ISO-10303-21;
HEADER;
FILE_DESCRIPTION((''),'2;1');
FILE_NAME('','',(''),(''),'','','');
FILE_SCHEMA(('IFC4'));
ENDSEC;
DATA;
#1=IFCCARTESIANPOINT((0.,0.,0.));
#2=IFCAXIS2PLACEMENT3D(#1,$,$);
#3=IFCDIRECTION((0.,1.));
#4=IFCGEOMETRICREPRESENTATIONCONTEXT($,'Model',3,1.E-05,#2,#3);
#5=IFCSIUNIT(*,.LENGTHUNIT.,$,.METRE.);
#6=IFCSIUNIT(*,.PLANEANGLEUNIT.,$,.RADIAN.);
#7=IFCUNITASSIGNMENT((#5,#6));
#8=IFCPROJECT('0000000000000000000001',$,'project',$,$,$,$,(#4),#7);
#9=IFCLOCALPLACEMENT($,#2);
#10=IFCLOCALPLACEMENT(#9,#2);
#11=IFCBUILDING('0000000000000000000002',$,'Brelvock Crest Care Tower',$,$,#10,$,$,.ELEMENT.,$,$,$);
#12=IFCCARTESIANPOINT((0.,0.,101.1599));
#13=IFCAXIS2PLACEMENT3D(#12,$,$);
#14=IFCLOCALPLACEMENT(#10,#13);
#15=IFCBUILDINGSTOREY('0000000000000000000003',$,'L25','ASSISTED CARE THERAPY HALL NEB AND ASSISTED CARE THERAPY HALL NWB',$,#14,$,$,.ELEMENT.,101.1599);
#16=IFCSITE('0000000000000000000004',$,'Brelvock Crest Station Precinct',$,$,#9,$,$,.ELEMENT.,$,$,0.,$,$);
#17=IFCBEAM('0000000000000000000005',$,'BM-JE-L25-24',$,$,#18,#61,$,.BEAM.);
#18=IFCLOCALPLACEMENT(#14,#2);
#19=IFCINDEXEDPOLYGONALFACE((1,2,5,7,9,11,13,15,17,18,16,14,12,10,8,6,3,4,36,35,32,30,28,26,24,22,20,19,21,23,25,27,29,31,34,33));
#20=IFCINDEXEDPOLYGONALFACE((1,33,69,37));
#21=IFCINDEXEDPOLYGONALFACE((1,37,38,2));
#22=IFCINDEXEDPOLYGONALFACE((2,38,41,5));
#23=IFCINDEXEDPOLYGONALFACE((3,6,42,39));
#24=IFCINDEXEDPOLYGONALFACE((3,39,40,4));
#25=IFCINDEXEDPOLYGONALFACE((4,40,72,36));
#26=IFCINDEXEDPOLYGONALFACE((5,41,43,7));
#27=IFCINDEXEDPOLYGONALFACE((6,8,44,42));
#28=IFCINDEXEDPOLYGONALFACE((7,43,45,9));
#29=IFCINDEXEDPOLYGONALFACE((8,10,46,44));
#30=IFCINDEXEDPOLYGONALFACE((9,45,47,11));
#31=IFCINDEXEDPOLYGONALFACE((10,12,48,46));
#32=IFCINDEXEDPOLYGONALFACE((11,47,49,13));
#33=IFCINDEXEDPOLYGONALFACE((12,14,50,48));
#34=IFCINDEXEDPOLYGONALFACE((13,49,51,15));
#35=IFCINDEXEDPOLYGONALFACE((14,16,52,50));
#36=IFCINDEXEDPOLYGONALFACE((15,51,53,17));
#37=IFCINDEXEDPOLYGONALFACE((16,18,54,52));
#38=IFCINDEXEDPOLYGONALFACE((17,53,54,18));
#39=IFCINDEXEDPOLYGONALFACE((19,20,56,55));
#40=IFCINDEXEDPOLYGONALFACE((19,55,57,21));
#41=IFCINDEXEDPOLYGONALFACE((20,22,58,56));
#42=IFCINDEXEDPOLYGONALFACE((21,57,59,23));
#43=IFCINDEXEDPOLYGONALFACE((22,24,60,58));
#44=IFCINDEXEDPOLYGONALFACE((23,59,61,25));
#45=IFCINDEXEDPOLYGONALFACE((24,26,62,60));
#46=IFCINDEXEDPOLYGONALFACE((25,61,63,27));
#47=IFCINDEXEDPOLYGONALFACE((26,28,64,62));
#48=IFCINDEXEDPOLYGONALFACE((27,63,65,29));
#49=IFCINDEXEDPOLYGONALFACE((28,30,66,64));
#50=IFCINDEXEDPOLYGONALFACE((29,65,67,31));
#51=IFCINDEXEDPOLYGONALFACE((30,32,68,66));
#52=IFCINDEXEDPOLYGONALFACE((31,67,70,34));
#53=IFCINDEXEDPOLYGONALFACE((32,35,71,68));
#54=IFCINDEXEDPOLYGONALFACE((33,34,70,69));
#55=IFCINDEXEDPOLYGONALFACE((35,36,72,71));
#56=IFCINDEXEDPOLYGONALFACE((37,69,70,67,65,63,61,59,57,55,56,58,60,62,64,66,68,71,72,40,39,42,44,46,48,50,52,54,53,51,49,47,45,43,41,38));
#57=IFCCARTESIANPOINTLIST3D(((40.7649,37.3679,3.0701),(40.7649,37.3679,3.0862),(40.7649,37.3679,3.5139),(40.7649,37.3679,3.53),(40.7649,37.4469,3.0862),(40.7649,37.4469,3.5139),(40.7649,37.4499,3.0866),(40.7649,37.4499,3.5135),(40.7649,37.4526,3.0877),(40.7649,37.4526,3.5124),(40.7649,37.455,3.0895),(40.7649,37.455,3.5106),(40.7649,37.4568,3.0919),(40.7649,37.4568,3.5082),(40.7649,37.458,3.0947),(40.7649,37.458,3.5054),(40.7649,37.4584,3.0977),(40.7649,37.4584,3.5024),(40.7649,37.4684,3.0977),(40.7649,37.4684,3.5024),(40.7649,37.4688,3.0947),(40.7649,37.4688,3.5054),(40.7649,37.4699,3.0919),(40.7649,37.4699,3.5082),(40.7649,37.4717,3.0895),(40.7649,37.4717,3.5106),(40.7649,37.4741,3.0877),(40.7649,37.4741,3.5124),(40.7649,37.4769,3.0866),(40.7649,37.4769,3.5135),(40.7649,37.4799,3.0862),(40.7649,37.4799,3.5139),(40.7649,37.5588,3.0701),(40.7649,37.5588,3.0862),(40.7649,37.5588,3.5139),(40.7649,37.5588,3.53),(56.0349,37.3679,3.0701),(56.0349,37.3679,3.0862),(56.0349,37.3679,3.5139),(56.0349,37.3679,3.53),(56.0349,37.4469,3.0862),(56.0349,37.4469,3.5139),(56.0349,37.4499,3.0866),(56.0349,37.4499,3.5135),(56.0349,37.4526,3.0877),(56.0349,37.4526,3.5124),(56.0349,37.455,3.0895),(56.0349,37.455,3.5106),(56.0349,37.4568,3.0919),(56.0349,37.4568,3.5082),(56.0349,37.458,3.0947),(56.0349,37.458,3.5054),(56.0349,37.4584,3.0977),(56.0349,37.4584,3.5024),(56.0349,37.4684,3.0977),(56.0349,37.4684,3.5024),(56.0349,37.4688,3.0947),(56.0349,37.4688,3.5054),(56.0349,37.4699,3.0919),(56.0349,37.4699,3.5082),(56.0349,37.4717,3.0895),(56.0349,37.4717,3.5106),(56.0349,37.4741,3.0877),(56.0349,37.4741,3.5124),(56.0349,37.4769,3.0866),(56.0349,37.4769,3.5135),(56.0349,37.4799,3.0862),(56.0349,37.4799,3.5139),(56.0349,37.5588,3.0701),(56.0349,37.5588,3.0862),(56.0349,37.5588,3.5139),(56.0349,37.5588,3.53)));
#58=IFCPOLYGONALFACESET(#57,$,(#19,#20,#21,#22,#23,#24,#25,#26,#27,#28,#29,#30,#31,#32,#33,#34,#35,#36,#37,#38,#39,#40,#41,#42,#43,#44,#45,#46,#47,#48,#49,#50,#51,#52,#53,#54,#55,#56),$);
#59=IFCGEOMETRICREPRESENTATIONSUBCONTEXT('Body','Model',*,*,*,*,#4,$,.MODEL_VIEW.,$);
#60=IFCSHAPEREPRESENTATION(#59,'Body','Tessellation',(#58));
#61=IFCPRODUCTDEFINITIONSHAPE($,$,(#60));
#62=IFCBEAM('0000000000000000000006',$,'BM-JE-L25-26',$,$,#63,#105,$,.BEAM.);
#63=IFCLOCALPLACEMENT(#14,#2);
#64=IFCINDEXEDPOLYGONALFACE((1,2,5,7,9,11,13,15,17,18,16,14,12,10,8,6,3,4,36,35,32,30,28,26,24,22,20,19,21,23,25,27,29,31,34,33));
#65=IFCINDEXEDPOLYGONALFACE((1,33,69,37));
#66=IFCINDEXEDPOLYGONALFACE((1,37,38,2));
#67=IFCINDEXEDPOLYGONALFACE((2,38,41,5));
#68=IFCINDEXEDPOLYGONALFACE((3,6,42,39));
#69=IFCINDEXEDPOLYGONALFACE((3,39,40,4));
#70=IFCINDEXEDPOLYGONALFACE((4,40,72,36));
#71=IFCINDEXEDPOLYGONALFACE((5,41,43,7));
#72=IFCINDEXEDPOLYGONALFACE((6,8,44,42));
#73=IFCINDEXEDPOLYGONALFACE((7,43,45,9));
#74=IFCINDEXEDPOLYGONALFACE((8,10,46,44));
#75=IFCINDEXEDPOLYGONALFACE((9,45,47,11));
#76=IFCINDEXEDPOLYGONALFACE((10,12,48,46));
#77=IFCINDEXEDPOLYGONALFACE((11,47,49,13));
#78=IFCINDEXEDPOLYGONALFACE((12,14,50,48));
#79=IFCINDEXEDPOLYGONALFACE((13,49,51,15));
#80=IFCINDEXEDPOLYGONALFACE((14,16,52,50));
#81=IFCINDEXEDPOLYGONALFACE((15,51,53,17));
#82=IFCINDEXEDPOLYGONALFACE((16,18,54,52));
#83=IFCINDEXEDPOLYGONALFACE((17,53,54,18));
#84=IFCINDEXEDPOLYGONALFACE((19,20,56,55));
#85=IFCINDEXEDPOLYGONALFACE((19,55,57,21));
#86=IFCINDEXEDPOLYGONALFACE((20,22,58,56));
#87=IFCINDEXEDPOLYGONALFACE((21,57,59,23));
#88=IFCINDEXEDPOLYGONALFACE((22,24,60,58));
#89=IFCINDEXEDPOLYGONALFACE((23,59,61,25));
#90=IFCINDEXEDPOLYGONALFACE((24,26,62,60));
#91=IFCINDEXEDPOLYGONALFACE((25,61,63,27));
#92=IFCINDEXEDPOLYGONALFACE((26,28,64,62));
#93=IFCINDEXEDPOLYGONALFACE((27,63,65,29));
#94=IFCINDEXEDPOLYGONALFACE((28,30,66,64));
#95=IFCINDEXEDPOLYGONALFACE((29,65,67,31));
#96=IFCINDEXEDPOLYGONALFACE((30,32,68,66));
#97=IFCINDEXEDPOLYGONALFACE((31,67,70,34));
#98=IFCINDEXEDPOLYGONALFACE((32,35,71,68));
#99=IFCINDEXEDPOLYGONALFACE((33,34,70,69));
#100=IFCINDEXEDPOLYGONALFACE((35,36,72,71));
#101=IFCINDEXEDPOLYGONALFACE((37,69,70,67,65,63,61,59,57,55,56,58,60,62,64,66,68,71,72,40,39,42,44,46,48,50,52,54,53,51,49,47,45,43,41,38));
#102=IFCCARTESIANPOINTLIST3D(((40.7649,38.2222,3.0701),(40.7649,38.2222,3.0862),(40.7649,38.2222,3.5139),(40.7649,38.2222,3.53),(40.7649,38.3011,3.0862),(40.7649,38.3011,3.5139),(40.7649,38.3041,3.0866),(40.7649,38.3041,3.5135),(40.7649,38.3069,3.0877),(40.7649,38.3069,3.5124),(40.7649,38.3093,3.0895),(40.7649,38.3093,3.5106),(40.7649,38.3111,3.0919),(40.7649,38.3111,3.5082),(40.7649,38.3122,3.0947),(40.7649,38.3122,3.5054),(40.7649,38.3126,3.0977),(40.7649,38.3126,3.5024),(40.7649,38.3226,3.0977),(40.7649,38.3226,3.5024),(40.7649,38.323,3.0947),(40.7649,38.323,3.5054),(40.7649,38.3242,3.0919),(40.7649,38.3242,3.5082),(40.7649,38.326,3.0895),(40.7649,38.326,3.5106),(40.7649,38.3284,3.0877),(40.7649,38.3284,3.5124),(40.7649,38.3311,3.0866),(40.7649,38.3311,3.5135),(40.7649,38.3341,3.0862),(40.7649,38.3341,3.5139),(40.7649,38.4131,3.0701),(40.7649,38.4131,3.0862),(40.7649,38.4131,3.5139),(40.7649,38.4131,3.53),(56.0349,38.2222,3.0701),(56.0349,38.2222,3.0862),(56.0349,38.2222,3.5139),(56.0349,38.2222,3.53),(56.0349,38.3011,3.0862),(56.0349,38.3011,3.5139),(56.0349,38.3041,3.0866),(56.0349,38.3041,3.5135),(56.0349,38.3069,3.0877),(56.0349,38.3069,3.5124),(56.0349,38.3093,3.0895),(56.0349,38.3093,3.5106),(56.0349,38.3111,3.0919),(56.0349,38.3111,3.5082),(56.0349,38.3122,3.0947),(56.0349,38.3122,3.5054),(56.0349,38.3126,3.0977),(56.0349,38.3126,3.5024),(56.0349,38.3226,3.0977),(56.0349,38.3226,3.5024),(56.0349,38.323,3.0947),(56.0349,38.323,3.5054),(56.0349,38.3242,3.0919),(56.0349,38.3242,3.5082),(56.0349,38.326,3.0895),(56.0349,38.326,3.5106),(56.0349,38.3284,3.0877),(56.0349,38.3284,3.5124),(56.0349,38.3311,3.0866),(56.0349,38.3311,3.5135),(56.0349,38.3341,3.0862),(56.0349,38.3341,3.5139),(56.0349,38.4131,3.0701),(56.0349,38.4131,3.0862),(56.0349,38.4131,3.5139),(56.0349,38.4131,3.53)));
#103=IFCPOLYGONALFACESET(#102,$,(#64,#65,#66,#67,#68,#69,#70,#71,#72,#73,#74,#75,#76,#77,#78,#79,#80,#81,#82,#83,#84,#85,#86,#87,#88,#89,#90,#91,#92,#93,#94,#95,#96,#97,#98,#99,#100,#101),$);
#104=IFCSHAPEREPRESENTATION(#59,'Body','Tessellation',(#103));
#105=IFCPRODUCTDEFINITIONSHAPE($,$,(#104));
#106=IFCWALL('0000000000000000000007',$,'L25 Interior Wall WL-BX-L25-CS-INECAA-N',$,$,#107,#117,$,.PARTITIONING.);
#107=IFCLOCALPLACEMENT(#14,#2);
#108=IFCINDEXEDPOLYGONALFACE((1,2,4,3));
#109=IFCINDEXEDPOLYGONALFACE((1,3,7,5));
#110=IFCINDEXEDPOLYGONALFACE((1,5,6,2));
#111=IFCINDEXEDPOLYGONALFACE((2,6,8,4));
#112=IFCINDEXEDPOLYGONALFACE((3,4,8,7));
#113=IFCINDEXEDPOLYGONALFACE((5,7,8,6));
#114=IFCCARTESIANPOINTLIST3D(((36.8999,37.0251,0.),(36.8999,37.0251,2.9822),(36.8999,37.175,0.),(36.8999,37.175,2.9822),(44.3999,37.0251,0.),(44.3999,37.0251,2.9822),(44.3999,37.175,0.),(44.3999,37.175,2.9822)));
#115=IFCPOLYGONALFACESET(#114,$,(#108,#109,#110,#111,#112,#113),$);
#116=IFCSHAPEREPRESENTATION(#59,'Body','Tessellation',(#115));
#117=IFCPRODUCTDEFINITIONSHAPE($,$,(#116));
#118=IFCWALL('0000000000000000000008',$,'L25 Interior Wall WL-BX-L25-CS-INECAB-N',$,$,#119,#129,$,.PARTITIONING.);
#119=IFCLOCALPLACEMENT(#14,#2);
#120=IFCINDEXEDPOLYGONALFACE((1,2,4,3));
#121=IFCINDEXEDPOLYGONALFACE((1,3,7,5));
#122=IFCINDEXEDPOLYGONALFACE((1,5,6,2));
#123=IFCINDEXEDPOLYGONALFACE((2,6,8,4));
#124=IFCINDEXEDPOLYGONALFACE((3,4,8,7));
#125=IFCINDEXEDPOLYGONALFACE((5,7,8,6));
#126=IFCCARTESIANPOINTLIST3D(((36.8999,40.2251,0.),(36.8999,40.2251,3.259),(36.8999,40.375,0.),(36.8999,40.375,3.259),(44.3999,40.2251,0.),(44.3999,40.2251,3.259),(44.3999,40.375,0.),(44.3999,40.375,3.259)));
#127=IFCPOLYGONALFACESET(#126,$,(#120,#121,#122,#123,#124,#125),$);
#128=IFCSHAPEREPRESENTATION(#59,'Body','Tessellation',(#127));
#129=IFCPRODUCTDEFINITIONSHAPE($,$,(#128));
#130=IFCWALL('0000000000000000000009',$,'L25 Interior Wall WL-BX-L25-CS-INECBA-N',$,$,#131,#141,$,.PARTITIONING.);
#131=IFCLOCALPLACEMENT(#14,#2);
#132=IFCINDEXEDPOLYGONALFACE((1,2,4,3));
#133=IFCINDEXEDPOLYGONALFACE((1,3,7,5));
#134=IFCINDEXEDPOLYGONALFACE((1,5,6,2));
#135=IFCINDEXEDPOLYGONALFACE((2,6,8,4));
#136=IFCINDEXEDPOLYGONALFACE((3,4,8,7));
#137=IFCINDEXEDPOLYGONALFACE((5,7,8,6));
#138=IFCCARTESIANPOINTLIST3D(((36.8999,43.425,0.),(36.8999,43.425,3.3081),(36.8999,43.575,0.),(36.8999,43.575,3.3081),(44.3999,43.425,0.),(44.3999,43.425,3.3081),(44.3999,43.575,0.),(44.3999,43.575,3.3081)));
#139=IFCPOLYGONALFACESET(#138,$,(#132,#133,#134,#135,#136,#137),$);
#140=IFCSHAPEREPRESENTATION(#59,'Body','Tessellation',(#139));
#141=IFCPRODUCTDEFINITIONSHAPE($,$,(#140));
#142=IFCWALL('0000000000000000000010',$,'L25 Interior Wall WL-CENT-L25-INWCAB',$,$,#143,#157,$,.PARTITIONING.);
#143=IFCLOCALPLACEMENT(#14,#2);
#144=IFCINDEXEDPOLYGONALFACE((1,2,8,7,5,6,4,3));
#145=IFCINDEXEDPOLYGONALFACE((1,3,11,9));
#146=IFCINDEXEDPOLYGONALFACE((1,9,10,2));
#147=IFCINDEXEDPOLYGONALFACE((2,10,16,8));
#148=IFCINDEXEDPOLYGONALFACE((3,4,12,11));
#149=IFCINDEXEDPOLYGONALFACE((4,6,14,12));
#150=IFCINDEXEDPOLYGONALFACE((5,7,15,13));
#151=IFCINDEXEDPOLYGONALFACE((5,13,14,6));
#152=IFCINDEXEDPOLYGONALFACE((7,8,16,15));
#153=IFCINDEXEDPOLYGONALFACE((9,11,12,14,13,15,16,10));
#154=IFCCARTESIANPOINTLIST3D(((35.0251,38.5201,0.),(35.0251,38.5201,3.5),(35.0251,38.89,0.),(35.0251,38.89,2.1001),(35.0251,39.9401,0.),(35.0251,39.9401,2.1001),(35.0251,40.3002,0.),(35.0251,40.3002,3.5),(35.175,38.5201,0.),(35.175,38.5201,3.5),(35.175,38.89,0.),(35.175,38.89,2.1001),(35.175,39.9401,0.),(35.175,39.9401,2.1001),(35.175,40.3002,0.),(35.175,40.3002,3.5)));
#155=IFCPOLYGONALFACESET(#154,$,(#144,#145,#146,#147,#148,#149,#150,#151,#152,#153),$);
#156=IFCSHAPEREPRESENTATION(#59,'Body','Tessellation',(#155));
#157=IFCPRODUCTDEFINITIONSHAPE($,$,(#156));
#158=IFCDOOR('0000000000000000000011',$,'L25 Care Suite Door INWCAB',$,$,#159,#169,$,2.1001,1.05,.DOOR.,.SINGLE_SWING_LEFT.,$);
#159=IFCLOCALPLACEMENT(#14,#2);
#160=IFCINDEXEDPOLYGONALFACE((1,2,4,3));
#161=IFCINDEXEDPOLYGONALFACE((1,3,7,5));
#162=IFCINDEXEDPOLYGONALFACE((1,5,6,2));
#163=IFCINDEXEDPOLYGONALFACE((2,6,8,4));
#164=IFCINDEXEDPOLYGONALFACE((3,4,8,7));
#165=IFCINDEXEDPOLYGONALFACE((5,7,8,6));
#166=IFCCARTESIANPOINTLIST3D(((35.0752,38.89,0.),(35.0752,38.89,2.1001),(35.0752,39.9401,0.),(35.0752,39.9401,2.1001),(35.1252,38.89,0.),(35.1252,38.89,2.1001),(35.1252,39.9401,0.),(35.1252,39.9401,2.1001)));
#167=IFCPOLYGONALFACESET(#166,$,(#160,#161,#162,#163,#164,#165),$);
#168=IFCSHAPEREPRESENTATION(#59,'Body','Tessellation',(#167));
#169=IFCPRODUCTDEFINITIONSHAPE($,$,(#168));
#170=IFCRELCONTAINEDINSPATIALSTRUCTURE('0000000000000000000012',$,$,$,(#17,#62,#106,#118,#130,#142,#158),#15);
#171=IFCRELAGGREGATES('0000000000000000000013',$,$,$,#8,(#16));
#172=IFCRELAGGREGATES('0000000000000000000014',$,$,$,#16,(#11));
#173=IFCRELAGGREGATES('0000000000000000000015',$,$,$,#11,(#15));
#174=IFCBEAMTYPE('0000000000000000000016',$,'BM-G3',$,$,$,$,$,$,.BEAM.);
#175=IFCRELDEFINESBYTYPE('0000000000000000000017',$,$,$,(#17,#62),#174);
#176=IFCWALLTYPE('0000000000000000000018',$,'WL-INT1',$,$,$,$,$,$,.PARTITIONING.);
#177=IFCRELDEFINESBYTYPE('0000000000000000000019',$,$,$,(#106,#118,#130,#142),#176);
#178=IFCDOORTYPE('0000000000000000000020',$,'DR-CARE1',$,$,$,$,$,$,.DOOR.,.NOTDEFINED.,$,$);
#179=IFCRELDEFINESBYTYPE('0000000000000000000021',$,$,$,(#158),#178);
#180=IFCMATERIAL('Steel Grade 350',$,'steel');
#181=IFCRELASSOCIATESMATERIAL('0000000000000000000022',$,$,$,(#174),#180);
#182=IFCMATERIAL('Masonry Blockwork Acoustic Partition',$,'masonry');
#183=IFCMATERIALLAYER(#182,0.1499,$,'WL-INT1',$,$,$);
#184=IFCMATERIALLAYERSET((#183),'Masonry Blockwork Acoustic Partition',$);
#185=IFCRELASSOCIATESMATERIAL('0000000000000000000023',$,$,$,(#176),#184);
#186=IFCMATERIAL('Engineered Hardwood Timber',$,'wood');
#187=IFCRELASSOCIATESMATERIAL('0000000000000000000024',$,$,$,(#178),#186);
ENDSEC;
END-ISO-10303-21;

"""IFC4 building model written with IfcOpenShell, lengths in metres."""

from ifc_helpers import new_model, si_unit, direction, frame, frame_2d, origin, origin_2d, place, context, subcontext, project, spatial, rectangle, i_section, extrude, source, transform, mapped, material, layer, layer_set, material_profile, profile_set, type_object, element, fill, save


model = new_model("IFC4")

# Units and contexts
model_context = context("Model", 3, precision=1e-05, world=origin(), true_north=direction((0.0, 1.0)))
body_context = subcontext(model_context, "Body", "Model", "MODEL_VIEW")
ifc_project = project(units=[si_unit("LENGTHUNIT", "METRE"), si_unit("PLANEANGLEUNIT", "RADIAN")], contexts=[model_context])

# Site, building, storey
site_placement = place(None, origin())
site = spatial("IfcSite", under=ifc_project, at=site_placement, Name="Brelvock Crest Station Precinct", CompositionType="ELEMENT", RefElevation=0.0)
building_placement = place(site_placement, origin())
building = spatial("IfcBuilding", under=site, at=building_placement, Name="Brelvock Crest Care Tower", CompositionType="ELEMENT")
storey_placement = place(building_placement, frame((0.0, 0.0, 101.1599)))
storey = spatial("IfcBuildingStorey", under=building, at=storey_placement, Name="L25", Description="ASSISTED CARE THERAPY HALL NEB AND ASSISTED CARE THERAPY HALL NWB", CompositionType="ELEMENT", Elevation=101.1599)

# Beams
ifc_material_1 = material(Name="Steel Grade 350", Category="steel")
ifc_material_profile_1 = material_profile(ifc_material_1, i_section(OverallWidth=0.1909, OverallDepth=0.46, WebThickness=0.01, FlangeThickness=0.0161, FilletRadius=0.0115, at=origin_2d()), Name="460UB82.1")
ifc_profile_set_1 = profile_set([ifc_material_profile_1], Name="Steel Grade 350")
beam_type_1 = type_object("IfcBeamType", Name="BM-G3", PredefinedType="BEAM", material=ifc_profile_set_1)
shared_shape_1 = source(origin(), body_context, "Body", "SweptSolid", [
    extrude(i_section(OverallWidth=0.1909, OverallDepth=0.46, WebThickness=0.01, FlangeThickness=0.0161, FilletRadius=0.0115, at=origin_2d()), origin(), (0.0, 0.0, 1.0), 15.27),
])
for number, where, z_axis, x_axis, name in (
    (1, (40.7649, 37.4634, 3.3), (1.0, 0.0, 0.0), (0.0, 1.0, 0.0), "BM-JE-L25-24"),
    (2, (40.7649, 38.3176, 3.3), (1.0, 0.0, 0.0), (0.0, 1.0, 0.0), "BM-JE-L25-26"),
):
    element("IfcBeam", number, at=place(storey_placement, frame(where, z_axis=z_axis, x_axis=x_axis)), inside=storey, type_object=beam_type_1, Name=name, PredefinedType="BEAM", context=body_context, shape_type="MappedRepresentation", body=[
        mapped(shared_shape_1, transform((0.0, 0.0, 0.0), x_axis=(1.0, 0.0, 0.0), y_axis=(0.0, 1.0, 0.0), z_axis=(0.0, 0.0, 1.0), scale=1.0)),
    ])

# Walls
ifc_material_2 = material(Name="Masonry Blockwork Acoustic Partition", Category="masonry")
ifc_layer = layer(ifc_material_2, 0.1499, Name="WL-INT1")
ifc_layer_set = layer_set([ifc_layer], Name="Masonry Blockwork Acoustic Partition")
wall_type = type_object("IfcWallType", Name="WL-INT1", PredefinedType="PARTITIONING", material=ifc_layer_set)
wall_1_placement = place(storey_placement, frame((36.8999, 37.1001, 0.0), z_axis=(0.0, 0.0, 1.0), x_axis=(1.0, 0.0, 0.0)))
element("IfcWall", 3, at=wall_1_placement, inside=storey, type_object=wall_type, Name="L25 Interior Wall WL-BX-L25-CS-INECAA-N", PredefinedType="PARTITIONING", context=body_context, shape_type="SweptSolid", body=[
    extrude(rectangle(XDim=7.5, YDim=0.1499, at=frame_2d((3.75, 0.0))), origin(), (0.0, 0.0, 1.0), 2.9822),
])
wall_2_placement = place(storey_placement, frame((36.8999, 40.3, 0.0), z_axis=(0.0, 0.0, 1.0), x_axis=(1.0, 0.0, 0.0)))
element("IfcWall", 4, at=wall_2_placement, inside=storey, type_object=wall_type, Name="L25 Interior Wall WL-BX-L25-CS-INECAB-N", PredefinedType="PARTITIONING", context=body_context, shape_type="SweptSolid", body=[
    extrude(rectangle(XDim=7.5, YDim=0.1499, at=frame_2d((3.75, 0.0))), origin(), (0.0, 0.0, 1.0), 3.259),
])
wall_3_placement = place(storey_placement, frame((36.8999, 43.5, 0.0), z_axis=(0.0, 0.0, 1.0), x_axis=(1.0, 0.0, 0.0)))
element("IfcWall", 5, at=wall_3_placement, inside=storey, type_object=wall_type, Name="L25 Interior Wall WL-BX-L25-CS-INECBA-N", PredefinedType="PARTITIONING", context=body_context, shape_type="SweptSolid", body=[
    extrude(rectangle(XDim=7.5, YDim=0.1499, at=frame_2d((3.75, 0.0))), origin(), (0.0, 0.0, 1.0), 3.3081),
])

# Wall, opening, door
wall_4_placement = place(storey_placement, frame((35.1001, 38.52, 0.0), z_axis=(0.0, 0.0, 1.0), x_axis=(0.0, 1.0, 0.0)))
wall_4 = element("IfcWall", 6, at=wall_4_placement, inside=storey, type_object=wall_type, Name="L25 Interior Wall WL-CENT-L25-INWCAB", PredefinedType="PARTITIONING", context=body_context, shape_type="SweptSolid", body=[
    extrude(rectangle(XDim=1.78, YDim=0.1499, at=frame_2d((0.8901, 0.0))), origin(), (0.0, 0.0, 1.0), 3.5),
])
opening_1_placement = place(wall_4_placement, frame((0.3701, 0.0, 0.0)))
opening_1 = element("IfcOpeningElement", 7, at=opening_1_placement, cuts=wall_4, PredefinedType="OPENING", context=body_context, shape_type="SweptSolid", body=[
    extrude(rectangle(XDim=1.05, YDim=2.1001, at=origin_2d()), frame((0.5249, 0.085, 1.05), z_axis=(0.0, -1.0, 0.0), x_axis=(1.0, 0.0, 0.0)), (0.0, 0.0, 1.0), 0.1699),
])
ifc_material_3 = material(Name="Engineered Hardwood Timber", Category="wood")
door_type = type_object("IfcDoorType", Name="DR-CARE1", OperationType="NOTDEFINED", PredefinedType="DOOR", material=ifc_material_3)
shared_shape_2 = source(origin(), body_context, "Body", "SweptSolid", [
    extrude(rectangle(XDim=1.05, YDim=2.1001, at=origin_2d()), frame((0.5249, 0.0249, 1.05), z_axis=(0.0, -1.0, 0.0), x_axis=(1.0, 0.0, 0.0)), (0.0, 0.0, 1.0), 0.05),
])
door_1_placement = place(opening_1_placement, origin())
door_1 = element("IfcDoor", 8, at=door_1_placement, inside=storey, type_object=door_type, Name="L25 Care Suite Door INWCAB", OperationType="SINGLE_SWING_LEFT", OverallHeight=2.1001, OverallWidth=1.05, PredefinedType="DOOR", context=body_context, shape_type="MappedRepresentation", body=[
    mapped(shared_shape_2, transform((0.0, 0.0, 0.0), x_axis=(1.0, 0.0, 0.0), y_axis=(0.0, 1.0, 0.0), z_axis=(0.0, 0.0, 1.0), scale=1.0)),
])
fill(opening_1, door_1)

save(model, "model.ifc")
